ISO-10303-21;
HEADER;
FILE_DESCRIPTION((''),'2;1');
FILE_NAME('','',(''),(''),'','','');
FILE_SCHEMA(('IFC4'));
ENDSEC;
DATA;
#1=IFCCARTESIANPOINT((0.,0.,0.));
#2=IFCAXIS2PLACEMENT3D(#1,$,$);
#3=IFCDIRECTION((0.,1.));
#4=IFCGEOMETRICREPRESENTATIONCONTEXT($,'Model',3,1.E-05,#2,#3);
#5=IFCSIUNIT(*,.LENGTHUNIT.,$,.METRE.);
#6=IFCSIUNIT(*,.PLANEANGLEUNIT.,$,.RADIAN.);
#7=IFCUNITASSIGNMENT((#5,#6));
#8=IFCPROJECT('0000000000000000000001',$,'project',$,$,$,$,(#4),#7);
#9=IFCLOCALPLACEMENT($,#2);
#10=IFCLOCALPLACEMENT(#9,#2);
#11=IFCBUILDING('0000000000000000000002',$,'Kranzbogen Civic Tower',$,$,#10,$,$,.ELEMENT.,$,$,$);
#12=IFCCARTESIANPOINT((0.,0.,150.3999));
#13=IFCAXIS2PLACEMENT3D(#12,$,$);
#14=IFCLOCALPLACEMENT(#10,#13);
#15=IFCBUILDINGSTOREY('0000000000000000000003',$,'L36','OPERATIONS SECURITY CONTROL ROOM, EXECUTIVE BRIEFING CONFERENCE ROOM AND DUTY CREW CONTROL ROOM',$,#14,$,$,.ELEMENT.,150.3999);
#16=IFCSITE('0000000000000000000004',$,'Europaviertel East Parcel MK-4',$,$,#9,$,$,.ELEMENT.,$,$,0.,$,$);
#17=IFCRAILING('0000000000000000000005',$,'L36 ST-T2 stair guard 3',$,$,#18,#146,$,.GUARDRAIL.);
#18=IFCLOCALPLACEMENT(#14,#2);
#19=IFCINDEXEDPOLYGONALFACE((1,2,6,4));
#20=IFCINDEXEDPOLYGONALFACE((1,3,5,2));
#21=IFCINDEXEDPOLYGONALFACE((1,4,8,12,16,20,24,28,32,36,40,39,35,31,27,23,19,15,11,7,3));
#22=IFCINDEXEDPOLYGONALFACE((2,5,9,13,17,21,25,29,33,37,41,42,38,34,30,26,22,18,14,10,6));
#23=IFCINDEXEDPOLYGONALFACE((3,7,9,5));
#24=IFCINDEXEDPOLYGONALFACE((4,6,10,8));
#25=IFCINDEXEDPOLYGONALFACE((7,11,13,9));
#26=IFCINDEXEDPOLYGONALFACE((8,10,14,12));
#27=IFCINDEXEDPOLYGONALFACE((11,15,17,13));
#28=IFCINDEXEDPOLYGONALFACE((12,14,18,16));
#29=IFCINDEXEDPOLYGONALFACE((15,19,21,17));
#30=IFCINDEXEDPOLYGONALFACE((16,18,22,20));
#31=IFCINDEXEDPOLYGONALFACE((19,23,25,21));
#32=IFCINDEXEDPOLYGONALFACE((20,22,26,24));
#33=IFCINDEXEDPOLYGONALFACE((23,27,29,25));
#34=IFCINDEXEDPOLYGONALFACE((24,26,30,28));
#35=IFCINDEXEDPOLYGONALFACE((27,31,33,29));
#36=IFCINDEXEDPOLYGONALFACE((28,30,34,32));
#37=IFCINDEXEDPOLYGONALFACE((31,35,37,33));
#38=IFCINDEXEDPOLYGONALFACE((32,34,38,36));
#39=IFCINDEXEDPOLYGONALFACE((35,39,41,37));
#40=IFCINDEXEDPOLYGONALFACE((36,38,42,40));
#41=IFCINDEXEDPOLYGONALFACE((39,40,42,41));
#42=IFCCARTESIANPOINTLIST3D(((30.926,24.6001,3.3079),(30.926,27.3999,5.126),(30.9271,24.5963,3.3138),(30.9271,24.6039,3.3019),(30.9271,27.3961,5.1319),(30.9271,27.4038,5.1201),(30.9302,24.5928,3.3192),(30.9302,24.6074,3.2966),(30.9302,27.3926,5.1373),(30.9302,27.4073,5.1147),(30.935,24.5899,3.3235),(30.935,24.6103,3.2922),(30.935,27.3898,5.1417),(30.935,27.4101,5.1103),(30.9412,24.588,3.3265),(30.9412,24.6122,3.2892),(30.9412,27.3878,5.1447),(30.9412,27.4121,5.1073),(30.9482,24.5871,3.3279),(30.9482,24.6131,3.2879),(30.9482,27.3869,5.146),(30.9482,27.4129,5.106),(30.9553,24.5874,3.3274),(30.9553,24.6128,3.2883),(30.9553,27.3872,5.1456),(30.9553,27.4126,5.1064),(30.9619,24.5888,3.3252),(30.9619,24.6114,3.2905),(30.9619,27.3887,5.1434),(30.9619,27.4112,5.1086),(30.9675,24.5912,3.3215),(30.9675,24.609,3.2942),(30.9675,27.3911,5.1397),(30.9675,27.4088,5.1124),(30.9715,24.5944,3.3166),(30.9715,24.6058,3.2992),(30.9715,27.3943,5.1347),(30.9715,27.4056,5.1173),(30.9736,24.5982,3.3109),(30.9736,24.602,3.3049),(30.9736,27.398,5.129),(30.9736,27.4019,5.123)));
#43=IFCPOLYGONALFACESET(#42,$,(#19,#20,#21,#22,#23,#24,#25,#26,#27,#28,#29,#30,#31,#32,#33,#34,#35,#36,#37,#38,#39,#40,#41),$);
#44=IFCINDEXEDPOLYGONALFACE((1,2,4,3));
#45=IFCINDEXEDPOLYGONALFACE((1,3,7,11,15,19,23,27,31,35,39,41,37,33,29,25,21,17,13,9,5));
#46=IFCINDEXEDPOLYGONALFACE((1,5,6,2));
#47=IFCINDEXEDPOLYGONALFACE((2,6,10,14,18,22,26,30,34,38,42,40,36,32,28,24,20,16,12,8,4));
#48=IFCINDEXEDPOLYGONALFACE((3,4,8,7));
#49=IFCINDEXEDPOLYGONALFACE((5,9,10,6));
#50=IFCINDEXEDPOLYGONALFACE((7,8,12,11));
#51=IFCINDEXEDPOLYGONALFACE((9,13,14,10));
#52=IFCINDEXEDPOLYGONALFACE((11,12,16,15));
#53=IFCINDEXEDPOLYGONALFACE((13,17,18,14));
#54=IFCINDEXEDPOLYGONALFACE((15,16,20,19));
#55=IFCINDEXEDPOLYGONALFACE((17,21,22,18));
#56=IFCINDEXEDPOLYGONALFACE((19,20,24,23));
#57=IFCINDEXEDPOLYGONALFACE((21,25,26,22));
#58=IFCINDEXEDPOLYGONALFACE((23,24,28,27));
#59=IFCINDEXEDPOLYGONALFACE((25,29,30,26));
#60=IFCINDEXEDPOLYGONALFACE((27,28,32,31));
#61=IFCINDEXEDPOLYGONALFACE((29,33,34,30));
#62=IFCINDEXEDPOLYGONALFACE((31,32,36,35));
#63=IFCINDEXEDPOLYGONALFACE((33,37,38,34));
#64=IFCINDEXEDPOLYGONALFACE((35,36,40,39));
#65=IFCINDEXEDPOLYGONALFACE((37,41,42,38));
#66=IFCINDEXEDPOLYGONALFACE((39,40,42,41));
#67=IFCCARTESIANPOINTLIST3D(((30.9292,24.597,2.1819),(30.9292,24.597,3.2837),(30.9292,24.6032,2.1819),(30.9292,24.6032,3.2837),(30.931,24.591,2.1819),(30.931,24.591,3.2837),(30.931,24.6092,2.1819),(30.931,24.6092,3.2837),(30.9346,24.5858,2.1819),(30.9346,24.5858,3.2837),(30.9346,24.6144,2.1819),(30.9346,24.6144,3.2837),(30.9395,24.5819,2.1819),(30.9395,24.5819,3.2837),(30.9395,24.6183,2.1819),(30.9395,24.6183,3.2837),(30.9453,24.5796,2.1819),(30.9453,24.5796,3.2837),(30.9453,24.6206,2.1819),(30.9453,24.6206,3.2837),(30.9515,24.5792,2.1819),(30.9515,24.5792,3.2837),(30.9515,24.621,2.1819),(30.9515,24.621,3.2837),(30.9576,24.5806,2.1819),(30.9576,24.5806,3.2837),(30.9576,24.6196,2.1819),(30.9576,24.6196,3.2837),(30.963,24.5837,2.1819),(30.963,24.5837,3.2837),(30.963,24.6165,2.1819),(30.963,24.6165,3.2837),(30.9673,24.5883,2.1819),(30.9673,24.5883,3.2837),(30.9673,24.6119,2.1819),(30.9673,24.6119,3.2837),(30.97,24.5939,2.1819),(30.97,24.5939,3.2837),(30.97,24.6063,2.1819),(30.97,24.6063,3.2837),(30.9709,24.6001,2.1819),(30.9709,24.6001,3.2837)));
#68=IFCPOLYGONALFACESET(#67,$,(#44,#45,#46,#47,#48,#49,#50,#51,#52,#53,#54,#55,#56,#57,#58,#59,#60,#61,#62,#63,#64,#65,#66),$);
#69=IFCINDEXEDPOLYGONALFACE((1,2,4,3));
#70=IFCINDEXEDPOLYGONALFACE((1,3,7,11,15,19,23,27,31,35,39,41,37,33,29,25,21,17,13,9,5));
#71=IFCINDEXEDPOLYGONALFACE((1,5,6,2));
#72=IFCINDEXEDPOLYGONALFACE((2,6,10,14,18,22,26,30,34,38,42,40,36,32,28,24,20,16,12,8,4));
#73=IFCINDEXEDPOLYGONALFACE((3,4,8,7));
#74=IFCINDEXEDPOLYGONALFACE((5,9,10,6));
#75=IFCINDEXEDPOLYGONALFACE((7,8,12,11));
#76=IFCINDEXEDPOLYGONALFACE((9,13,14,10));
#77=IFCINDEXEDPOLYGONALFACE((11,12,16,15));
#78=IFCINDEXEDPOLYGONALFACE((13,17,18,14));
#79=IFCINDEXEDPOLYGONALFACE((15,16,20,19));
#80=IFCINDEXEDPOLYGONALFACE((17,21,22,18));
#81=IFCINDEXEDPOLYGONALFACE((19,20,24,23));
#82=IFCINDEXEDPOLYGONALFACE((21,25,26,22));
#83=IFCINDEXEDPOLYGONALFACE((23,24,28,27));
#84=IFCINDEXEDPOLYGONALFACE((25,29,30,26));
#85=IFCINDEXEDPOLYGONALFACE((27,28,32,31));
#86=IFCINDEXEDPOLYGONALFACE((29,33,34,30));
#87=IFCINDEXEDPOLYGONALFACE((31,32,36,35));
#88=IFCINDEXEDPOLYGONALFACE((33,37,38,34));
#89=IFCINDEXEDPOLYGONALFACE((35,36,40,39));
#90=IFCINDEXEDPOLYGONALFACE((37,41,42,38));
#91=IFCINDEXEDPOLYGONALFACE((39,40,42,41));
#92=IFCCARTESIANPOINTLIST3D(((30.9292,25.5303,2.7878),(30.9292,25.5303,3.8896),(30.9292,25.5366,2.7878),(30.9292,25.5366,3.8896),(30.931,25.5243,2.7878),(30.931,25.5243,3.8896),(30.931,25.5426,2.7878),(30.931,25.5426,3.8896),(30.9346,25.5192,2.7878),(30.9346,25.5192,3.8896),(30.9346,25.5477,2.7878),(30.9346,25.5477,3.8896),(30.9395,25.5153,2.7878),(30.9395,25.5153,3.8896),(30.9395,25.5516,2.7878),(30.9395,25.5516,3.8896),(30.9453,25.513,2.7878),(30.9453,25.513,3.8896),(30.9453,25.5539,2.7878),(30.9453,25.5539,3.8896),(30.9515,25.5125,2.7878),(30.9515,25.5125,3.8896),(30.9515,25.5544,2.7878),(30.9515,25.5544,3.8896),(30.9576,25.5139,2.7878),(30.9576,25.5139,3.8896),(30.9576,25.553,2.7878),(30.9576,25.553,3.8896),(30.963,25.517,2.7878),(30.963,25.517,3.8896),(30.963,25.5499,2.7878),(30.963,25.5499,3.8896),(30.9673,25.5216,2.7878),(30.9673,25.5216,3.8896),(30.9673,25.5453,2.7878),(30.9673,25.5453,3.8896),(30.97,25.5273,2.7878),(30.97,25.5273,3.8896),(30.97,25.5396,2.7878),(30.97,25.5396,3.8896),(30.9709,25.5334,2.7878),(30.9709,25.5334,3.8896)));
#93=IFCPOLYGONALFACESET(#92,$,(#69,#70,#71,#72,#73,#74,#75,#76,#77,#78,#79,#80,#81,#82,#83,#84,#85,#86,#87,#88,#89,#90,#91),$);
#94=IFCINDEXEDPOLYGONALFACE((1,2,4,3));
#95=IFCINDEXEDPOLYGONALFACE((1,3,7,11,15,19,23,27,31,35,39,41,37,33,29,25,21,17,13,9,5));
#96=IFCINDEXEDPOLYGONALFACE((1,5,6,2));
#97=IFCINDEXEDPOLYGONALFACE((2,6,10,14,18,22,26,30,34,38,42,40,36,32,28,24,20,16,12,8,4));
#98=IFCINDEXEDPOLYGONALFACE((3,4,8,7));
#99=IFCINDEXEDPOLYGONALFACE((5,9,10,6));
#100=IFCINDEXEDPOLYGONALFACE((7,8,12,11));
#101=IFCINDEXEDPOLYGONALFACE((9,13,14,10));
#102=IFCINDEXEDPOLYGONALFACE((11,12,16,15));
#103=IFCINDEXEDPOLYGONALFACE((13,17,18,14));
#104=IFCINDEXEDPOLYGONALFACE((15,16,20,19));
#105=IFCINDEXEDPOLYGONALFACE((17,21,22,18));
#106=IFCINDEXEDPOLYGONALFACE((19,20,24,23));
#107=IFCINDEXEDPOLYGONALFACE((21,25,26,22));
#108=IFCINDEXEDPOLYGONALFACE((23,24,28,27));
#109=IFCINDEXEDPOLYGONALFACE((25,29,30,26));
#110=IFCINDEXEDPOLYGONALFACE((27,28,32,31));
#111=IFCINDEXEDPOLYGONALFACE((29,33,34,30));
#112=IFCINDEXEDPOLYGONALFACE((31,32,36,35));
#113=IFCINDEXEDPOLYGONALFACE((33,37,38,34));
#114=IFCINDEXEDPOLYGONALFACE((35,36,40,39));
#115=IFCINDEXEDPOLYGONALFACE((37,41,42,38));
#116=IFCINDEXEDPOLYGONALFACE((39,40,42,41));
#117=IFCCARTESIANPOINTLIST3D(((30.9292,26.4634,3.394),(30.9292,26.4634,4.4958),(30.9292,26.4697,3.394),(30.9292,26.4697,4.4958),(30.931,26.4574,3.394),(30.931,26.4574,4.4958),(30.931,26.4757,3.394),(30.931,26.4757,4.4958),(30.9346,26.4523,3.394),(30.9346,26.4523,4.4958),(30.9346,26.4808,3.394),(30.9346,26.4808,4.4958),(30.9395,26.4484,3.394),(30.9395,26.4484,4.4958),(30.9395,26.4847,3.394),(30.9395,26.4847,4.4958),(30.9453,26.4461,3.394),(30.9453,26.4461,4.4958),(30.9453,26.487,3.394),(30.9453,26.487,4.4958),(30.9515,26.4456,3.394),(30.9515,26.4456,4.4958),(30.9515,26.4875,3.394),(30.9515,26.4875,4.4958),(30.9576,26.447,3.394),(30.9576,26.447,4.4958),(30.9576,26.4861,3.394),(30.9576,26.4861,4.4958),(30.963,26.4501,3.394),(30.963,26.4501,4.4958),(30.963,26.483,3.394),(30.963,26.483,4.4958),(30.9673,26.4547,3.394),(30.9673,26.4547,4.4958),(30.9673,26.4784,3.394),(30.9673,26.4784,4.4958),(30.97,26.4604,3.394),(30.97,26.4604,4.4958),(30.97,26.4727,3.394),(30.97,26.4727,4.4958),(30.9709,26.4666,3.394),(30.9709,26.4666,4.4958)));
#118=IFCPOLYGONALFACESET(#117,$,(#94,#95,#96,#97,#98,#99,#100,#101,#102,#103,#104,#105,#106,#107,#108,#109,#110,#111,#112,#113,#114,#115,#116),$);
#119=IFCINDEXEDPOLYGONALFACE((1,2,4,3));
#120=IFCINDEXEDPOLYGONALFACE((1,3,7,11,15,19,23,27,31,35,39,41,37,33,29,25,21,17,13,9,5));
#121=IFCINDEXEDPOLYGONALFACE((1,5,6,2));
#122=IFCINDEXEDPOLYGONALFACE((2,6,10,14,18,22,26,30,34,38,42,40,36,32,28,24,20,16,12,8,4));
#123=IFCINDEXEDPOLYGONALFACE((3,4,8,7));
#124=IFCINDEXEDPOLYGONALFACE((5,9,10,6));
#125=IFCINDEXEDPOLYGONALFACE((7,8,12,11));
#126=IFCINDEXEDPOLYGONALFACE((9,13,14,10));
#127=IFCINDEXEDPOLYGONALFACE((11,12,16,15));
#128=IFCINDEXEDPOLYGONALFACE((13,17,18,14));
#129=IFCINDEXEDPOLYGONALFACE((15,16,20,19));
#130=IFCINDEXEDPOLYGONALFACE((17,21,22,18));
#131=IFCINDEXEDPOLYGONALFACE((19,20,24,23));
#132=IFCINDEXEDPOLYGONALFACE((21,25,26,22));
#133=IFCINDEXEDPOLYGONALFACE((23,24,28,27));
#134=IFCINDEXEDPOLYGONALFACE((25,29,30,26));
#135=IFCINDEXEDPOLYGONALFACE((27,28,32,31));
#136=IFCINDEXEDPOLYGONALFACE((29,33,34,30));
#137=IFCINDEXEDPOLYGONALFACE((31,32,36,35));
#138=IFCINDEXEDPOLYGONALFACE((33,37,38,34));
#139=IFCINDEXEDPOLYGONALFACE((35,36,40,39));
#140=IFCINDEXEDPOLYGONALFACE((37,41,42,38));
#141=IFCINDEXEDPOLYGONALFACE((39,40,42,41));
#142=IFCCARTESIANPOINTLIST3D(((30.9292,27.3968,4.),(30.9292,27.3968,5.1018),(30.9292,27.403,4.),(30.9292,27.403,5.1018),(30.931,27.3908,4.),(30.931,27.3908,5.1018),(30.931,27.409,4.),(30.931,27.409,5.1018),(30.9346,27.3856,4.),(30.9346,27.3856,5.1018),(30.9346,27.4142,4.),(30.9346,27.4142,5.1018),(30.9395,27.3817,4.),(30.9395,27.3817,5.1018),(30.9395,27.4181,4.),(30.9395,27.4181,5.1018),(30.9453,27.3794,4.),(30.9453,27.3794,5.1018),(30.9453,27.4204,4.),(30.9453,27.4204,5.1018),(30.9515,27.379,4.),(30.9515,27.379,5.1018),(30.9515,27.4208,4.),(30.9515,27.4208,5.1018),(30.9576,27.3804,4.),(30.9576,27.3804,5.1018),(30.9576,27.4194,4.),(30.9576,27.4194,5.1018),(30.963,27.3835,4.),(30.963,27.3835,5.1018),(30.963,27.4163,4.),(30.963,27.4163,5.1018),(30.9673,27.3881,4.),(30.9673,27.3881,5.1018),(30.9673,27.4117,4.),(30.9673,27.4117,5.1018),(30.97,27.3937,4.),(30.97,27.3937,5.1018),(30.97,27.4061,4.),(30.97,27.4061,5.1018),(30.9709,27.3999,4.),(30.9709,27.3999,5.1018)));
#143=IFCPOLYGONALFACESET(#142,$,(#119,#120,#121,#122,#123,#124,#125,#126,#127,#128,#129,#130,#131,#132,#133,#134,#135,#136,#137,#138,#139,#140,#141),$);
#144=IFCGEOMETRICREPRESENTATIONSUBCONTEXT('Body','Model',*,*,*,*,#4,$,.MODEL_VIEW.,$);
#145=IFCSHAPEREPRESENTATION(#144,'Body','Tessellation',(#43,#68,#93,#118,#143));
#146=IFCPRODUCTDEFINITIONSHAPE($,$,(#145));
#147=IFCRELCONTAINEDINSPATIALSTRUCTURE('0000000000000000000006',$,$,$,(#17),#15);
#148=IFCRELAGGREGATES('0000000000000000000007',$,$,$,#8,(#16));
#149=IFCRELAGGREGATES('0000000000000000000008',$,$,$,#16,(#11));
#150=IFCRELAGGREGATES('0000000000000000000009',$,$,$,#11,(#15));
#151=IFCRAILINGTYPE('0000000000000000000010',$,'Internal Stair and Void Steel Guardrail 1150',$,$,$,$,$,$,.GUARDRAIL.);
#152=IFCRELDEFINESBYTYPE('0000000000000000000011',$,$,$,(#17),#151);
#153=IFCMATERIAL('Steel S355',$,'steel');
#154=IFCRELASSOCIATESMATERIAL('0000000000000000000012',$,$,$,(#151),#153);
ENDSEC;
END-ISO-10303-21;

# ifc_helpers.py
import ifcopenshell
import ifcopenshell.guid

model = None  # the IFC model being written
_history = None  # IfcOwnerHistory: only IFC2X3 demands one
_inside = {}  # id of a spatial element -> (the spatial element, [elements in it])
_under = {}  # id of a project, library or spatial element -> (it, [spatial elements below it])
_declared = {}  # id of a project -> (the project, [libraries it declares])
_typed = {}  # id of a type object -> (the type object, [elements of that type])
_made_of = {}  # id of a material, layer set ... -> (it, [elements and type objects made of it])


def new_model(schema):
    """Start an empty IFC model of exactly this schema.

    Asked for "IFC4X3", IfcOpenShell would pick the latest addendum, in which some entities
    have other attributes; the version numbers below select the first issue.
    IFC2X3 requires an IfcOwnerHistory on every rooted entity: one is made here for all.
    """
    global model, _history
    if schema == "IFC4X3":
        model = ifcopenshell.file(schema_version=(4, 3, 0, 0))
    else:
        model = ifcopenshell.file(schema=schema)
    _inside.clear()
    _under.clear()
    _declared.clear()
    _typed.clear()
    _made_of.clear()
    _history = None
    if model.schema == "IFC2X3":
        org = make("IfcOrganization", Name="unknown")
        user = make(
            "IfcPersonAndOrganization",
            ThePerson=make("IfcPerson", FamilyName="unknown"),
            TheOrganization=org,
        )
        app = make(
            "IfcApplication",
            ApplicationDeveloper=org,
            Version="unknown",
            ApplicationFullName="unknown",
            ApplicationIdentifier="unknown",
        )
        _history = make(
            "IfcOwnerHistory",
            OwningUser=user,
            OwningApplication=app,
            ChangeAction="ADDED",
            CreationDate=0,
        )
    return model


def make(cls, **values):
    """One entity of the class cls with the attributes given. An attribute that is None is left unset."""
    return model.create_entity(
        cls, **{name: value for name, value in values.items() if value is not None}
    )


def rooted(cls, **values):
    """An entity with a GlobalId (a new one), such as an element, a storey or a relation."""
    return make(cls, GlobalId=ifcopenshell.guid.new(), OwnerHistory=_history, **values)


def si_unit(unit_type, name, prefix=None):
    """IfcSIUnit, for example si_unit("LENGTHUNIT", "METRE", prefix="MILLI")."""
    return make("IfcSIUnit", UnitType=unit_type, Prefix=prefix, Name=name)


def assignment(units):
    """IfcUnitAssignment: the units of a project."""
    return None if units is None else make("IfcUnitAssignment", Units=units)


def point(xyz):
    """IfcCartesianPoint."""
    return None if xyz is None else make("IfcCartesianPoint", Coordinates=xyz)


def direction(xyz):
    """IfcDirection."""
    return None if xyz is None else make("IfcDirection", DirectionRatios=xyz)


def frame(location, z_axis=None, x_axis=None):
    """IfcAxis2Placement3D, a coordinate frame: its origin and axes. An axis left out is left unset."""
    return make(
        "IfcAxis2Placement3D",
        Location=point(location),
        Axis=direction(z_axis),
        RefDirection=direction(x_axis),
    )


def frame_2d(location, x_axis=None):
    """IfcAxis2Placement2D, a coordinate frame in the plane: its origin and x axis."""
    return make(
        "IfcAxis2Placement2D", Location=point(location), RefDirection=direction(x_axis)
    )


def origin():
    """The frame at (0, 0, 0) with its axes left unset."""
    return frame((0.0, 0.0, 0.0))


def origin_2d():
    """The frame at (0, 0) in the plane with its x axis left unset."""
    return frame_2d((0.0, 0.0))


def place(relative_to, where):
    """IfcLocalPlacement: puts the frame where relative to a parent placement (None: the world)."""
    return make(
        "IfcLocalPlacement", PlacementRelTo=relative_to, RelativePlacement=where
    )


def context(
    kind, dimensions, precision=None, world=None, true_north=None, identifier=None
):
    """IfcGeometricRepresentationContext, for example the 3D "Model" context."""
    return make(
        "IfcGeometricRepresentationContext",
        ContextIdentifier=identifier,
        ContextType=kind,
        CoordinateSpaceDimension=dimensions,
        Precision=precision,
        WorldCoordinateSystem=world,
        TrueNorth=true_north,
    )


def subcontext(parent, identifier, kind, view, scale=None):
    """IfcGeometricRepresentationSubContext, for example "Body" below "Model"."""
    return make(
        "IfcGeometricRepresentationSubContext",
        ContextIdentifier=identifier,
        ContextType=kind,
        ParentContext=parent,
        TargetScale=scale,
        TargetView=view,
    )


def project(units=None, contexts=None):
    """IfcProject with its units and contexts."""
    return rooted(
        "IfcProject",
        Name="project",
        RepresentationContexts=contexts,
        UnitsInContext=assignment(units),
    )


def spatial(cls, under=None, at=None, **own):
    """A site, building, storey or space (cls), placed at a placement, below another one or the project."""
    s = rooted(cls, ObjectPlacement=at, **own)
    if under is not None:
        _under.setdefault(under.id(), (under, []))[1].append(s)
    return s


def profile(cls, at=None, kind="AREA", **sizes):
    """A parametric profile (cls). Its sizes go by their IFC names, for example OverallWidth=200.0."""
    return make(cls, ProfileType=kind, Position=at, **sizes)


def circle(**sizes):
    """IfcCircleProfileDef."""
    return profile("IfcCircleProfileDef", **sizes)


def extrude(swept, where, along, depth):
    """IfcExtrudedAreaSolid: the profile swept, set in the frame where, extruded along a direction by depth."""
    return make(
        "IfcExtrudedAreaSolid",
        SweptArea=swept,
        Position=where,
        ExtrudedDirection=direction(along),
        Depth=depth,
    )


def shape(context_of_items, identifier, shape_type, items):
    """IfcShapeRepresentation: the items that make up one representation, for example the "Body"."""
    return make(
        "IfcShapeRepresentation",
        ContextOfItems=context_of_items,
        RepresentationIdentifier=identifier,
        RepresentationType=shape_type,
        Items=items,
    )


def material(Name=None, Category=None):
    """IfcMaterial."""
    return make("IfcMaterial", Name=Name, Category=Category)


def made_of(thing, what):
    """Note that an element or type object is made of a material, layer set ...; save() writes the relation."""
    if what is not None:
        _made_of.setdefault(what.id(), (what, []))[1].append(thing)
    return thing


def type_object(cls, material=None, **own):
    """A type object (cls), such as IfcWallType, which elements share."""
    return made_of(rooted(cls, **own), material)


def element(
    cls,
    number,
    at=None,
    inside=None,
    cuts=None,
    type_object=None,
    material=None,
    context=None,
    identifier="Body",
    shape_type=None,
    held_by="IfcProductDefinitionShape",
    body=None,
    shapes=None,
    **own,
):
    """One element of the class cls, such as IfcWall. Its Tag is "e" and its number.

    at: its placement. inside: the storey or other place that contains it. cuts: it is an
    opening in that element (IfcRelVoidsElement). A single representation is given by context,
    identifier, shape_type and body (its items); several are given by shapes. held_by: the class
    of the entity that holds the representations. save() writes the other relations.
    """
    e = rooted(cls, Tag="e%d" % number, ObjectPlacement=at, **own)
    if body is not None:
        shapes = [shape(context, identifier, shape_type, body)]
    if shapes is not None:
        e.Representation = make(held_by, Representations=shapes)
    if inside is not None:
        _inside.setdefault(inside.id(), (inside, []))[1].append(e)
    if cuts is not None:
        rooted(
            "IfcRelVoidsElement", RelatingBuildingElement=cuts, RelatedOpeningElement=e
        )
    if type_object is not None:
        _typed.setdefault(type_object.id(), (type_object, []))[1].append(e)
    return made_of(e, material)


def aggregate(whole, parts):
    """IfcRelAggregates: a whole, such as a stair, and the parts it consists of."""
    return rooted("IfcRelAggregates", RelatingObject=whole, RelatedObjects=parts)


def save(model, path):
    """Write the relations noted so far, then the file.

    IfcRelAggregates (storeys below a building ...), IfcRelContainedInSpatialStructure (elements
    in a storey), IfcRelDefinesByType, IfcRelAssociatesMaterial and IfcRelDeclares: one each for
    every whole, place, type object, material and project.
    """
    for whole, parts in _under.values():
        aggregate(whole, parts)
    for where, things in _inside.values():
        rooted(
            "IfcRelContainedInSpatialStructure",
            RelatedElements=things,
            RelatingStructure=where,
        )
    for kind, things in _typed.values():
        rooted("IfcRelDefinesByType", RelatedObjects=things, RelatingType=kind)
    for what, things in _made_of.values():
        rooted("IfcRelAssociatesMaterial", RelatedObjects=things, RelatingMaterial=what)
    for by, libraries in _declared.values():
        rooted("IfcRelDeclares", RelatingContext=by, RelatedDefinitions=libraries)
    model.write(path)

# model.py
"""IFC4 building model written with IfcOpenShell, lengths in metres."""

from ifc_helpers import new_model, si_unit, direction, frame, origin, origin_2d, place, context, subcontext, project, spatial, circle, extrude, material, type_object, element, save


model = new_model("IFC4")

# Units and contexts
model_context = context("Model", 3, precision=1e-05, world=origin(), true_north=direction((0.0, 1.0)))
body_context = subcontext(model_context, "Body", "Model", "MODEL_VIEW")
ifc_project = project(units=[si_unit("LENGTHUNIT", "METRE"), si_unit("PLANEANGLEUNIT", "RADIAN")], contexts=[model_context])

# Site, building, storey
site_placement = place(None, origin())
site = spatial("IfcSite", under=ifc_project, at=site_placement, Name="Europaviertel East Parcel MK-4", CompositionType="ELEMENT", RefElevation=0.0)
building_placement = place(site_placement, origin())
building = spatial("IfcBuilding", under=site, at=building_placement, Name="Kranzbogen Civic Tower", CompositionType="ELEMENT")
storey_placement = place(building_placement, frame((0.0, 0.0, 150.3999)))
storey = spatial("IfcBuildingStorey", under=building, at=storey_placement, Name="L36", Description="OPERATIONS SECURITY CONTROL ROOM, EXECUTIVE BRIEFING CONFERENCE ROOM AND DUTY CREW CONTROL ROOM", CompositionType="ELEMENT", Elevation=150.3999)

# Shared definitions
ifc_material_1 = material(Name="Steel S355", Category="steel")

# Railing
railing_type_1 = type_object("IfcRailingType", Name="Internal Stair and Void Steel Guardrail 1150", PredefinedType="GUARDRAIL", material=ifc_material_1)
railing_1_placement = place(storey_placement, frame((30.95, 24.6001, 2.1819)))
element("IfcRailing", 1, at=railing_1_placement, inside=storey, type_object=railing_type_1, Name="L36 ST-T2 stair guard 3", PredefinedType="GUARDRAIL", context=body_context, shape_type="SweptSolid", body=[
    extrude(circle(Radius=0.0239, at=origin_2d()), frame((0.0, 0.0, 1.126), z_axis=(0.0, 0.838684, 0.544618), x_axis=(-1.0, 0.0, 0.0)), (0.0, 0.0, 1.0), 3.3384),
    extrude(circle(Radius=0.021, at=origin_2d()), origin(), (0.0, 0.0, 1.0), 1.1018),
    extrude(circle(Radius=0.021, at=origin_2d()), frame((0.0, 0.9333, 0.606)), (0.0, 0.0, 1.0), 1.1018),
    extrude(circle(Radius=0.021, at=origin_2d()), frame((0.0, 1.8665, 1.2122)), (0.0, 0.0, 1.0), 1.1018),
    extrude(circle(Radius=0.021, at=origin_2d()), frame((0.0, 2.7998, 1.8181)), (0.0, 0.0, 1.0), 1.1018),
])

save(model, "model.ifc")
